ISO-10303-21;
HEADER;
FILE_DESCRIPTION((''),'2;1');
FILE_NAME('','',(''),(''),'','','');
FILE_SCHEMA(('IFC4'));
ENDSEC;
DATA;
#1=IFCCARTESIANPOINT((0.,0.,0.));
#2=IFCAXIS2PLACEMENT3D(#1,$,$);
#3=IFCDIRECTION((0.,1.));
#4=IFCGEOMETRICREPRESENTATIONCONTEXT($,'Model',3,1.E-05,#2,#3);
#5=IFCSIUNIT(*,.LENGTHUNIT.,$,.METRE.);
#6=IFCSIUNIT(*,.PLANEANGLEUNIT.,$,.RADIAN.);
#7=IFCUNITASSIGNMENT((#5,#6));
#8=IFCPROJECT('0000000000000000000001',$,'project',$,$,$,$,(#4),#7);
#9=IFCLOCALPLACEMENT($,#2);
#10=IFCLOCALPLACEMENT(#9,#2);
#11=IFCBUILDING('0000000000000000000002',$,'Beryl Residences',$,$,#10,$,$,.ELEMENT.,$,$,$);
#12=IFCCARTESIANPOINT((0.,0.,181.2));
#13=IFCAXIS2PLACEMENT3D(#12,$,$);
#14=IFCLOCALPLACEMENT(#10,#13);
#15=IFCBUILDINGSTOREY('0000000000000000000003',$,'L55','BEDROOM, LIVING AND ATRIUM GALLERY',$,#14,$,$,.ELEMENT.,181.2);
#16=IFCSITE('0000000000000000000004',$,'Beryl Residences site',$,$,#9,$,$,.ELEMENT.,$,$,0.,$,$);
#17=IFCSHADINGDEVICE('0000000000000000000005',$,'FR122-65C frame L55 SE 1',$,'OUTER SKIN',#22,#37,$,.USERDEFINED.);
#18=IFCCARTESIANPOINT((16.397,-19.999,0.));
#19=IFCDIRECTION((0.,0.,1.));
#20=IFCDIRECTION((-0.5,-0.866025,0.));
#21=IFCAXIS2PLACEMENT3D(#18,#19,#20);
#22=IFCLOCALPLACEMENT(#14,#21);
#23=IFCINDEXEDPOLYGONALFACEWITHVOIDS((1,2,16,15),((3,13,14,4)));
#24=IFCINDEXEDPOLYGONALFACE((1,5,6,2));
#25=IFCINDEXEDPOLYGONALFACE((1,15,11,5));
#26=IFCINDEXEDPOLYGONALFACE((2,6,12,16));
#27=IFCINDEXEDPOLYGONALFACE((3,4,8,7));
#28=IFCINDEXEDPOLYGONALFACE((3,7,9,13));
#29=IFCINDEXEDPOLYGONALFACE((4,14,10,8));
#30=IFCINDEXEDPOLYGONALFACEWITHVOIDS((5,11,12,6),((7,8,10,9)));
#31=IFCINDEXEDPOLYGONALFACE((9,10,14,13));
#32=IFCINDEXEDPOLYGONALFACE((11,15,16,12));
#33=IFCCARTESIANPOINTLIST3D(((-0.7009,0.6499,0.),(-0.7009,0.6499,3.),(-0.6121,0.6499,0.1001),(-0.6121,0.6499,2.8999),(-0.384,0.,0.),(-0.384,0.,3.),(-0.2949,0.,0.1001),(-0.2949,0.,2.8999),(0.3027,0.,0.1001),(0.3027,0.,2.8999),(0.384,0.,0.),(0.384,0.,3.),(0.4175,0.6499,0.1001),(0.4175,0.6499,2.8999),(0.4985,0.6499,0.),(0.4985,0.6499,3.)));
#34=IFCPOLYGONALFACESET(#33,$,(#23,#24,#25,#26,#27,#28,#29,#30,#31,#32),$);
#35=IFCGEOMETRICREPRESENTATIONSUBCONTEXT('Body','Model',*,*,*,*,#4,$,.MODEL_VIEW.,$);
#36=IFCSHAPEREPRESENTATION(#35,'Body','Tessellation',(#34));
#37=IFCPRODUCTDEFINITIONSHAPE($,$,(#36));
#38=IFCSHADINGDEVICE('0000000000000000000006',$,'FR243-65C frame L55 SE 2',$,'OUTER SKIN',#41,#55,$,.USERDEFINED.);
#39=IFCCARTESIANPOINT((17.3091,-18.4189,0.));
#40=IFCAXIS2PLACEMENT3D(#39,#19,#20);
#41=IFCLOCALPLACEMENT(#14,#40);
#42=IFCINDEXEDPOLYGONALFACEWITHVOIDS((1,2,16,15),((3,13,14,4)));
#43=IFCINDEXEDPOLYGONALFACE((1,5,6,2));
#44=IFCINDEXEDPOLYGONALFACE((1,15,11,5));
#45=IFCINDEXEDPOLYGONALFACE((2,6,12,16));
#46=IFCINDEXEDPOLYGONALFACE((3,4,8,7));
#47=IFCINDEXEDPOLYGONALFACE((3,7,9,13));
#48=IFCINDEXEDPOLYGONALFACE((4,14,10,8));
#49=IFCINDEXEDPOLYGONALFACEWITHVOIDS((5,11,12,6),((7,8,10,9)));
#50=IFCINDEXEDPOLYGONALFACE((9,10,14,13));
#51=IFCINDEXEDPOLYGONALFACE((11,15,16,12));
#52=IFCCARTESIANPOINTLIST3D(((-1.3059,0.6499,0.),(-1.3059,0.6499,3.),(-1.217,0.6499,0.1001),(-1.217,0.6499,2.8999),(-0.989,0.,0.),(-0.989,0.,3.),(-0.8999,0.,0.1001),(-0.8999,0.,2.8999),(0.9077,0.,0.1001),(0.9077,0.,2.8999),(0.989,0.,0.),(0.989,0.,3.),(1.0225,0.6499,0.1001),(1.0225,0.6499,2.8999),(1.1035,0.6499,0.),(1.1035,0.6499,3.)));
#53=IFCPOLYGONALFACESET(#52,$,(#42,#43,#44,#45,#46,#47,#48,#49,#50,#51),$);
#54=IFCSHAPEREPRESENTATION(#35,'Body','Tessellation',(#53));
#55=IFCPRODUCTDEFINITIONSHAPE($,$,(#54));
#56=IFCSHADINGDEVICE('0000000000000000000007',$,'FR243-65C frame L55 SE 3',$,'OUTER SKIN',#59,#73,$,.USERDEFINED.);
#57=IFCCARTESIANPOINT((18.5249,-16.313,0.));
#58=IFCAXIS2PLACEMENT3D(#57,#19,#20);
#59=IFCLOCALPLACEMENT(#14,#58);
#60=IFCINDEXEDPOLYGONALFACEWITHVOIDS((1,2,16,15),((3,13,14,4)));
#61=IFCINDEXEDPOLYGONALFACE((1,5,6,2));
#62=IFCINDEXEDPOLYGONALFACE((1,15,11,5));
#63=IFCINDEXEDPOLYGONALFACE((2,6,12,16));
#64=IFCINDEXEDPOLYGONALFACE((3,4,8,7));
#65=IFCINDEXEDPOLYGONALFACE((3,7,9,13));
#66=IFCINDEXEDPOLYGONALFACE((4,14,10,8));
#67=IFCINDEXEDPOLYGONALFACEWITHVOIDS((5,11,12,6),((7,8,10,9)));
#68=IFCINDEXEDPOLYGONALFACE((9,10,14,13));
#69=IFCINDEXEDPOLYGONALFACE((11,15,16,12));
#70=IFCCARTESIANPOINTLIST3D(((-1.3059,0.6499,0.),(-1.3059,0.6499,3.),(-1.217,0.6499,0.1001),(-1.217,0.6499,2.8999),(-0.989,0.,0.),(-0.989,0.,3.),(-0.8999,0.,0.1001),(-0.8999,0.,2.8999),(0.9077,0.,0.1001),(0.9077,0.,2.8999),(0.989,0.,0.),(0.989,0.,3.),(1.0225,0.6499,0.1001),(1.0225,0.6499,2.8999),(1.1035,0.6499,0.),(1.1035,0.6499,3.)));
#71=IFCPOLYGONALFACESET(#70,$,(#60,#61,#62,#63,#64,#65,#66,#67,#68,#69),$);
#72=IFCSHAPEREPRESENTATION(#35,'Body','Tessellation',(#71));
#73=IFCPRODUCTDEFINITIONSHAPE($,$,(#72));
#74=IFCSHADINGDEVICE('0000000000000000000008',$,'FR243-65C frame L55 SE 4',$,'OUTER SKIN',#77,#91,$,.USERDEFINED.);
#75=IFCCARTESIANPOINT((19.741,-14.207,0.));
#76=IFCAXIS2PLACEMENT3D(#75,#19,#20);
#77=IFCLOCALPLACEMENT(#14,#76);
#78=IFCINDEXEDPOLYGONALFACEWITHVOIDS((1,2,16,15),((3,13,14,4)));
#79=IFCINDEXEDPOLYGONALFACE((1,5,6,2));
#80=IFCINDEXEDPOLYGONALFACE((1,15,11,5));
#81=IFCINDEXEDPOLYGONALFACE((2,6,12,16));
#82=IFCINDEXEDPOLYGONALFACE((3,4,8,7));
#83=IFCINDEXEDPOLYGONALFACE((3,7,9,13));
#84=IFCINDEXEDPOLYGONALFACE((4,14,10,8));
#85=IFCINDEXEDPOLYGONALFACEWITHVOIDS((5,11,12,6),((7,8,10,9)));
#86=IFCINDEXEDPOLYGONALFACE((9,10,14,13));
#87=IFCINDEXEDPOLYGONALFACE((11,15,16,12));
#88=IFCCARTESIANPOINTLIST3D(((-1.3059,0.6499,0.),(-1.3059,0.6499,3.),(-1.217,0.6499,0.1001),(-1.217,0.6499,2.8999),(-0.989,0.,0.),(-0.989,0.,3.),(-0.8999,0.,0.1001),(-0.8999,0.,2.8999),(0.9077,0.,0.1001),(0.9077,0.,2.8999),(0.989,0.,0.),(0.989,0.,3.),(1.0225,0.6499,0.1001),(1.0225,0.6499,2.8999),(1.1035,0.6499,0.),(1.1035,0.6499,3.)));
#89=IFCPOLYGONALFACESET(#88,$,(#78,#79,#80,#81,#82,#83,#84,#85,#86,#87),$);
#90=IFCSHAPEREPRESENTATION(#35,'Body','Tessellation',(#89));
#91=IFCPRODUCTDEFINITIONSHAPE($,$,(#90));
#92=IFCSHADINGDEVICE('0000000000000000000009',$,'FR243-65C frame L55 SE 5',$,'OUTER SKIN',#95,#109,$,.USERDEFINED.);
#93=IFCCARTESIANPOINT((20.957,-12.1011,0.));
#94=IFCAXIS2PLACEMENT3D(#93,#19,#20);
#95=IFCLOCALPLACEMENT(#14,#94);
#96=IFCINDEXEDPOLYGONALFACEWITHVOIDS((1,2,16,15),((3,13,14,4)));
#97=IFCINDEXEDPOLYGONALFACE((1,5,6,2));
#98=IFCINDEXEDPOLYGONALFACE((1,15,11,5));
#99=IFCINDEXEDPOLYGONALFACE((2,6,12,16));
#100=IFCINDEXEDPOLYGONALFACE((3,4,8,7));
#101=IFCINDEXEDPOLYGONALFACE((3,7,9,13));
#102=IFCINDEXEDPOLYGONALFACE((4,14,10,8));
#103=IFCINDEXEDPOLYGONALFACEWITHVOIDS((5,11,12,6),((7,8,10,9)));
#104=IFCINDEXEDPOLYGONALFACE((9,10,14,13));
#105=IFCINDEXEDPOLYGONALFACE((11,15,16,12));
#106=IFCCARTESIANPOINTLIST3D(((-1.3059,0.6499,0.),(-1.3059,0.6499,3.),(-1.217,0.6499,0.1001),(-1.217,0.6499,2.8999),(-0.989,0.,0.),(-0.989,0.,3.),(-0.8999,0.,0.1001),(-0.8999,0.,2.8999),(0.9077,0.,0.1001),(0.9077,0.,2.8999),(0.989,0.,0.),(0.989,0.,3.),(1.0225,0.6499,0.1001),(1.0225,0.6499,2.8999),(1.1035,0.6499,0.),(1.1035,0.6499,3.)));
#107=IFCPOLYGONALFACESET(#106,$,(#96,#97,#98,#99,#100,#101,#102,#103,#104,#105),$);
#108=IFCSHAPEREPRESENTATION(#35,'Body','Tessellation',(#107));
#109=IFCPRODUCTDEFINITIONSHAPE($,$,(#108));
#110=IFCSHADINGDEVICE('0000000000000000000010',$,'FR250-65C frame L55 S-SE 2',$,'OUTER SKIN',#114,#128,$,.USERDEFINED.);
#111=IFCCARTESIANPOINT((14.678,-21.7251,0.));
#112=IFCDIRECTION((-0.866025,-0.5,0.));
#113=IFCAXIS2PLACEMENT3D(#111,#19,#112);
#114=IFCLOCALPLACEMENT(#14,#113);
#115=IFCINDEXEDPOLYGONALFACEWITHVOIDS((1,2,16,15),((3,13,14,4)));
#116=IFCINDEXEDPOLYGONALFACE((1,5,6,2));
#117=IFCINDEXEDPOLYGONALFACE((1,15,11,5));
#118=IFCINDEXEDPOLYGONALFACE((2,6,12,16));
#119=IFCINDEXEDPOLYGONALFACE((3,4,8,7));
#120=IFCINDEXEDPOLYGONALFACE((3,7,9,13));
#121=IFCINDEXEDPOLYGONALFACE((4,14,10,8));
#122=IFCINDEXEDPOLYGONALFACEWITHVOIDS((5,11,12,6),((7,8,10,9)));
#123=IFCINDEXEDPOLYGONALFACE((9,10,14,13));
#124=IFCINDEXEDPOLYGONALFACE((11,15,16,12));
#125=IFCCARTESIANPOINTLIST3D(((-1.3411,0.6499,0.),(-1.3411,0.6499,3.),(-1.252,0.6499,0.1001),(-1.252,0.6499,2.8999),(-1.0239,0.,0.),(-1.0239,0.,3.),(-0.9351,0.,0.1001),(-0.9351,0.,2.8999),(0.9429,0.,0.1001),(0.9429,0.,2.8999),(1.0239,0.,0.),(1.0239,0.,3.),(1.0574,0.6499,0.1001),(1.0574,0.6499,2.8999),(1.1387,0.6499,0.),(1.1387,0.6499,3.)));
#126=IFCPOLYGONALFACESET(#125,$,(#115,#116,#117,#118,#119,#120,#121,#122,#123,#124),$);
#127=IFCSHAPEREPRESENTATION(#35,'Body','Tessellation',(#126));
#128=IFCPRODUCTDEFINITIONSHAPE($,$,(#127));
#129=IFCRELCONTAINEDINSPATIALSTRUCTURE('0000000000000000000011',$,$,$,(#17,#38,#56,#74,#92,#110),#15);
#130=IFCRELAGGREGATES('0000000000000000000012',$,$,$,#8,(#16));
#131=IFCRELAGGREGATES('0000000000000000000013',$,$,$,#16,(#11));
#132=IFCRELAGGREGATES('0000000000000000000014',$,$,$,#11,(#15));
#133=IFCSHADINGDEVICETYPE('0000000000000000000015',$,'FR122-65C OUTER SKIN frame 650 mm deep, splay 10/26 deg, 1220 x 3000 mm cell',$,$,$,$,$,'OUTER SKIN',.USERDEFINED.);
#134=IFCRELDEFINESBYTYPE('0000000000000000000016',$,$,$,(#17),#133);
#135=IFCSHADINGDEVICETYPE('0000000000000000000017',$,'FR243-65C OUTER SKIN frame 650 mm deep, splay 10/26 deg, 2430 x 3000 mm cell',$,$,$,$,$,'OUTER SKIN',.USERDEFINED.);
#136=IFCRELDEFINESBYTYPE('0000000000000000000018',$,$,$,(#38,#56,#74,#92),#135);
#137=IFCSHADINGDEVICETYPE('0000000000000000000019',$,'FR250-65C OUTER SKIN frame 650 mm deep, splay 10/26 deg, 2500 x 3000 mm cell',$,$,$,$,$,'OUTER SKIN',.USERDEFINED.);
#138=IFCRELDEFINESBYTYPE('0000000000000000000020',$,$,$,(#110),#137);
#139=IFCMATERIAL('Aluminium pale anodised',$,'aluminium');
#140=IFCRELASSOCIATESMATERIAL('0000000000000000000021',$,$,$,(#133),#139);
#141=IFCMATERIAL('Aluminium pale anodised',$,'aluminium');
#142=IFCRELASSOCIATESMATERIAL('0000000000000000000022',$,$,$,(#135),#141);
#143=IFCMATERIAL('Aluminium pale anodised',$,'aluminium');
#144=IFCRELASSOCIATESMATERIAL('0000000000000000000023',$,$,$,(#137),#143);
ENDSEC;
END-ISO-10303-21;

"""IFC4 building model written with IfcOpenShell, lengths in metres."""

from ifc_helpers import new_model, entity, si_unit, direction, frame, origin, place, context, subcontext, project, spatial, source, transform, mapped, material, type_object, type_shapes, element, save


model = new_model("IFC4")

# Units and contexts
model_context = context("Model", 3, precision=1e-05, world=origin(), true_north=direction((0.0, 1.0)))
body_context = subcontext(model_context, "Body", "Model", "MODEL_VIEW")
ifc_project = project(units=[si_unit("LENGTHUNIT", "METRE"), si_unit("PLANEANGLEUNIT", "RADIAN")], contexts=[model_context])

# Site, building, storey
site_placement = place(None, origin())
site = spatial("IfcSite", under=ifc_project, at=site_placement, Name="Beryl Residences site", CompositionType="ELEMENT", RefElevation=0.0)
building_placement = place(site_placement, origin())
building = spatial("IfcBuilding", under=site, at=building_placement, Name="Beryl Residences", CompositionType="ELEMENT")
storey_placement = place(building_placement, frame((0.0, 0.0, 181.2)))
storey = spatial("IfcBuildingStorey", under=building, at=storey_placement, Name="L55", Description="BEDROOM, LIVING AND ATRIUM GALLERY", CompositionType="ELEMENT", Elevation=181.2)

# Shading devices
ifc_material_1 = material(Name="Aluminium pale anodised", Category="aluminium")
shading_device_type_1 = type_object("IfcShadingDeviceType", Name="FR122-65C OUTER SKIN frame 650 mm deep, splay 10/26 deg, 1220 x 3000 mm cell", ElementType="OUTER SKIN", PredefinedType="USERDEFINED", material=ifc_material_1)
cartesian_point_1 = entity("IfcCartesianPoint", [-0.384, 0.0])
cartesian_point_2 = entity("IfcCartesianPoint", [-0.3027, 0.1001])
cartesian_point_3 = entity("IfcCartesianPoint", [-0.4985, 0.0])
cartesian_point_4 = entity("IfcCartesianPoint", [-0.4175, 0.1001])
shared_shape_1 = source(origin(), body_context, "Body", "SweptSolid", [
    entity("IfcExtrudedAreaSolidTapered", entity("IfcArbitraryProfileDefWithVoids", "AREA", None, entity("IfcPolyline", [cartesian_point_1, entity("IfcCartesianPoint", [0.384, 0.0]), entity("IfcCartesianPoint", [0.384, 3.0]), entity("IfcCartesianPoint", [-0.384, 3.0]), cartesian_point_1]), [entity("IfcPolyline", [cartesian_point_2, entity("IfcCartesianPoint", [0.2949, 0.1001]), entity("IfcCartesianPoint", [0.2949, 2.8999]), entity("IfcCartesianPoint", [-0.3027, 2.8999]), cartesian_point_2])]), entity("IfcAxis2Placement3D", entity("IfcCartesianPoint", [0.0, 0.0, 0.0]), entity("IfcDirection", [0.0, 1.0, 0.0]), entity("IfcDirection", [-1.0, 0.0, 0.0])), entity("IfcDirection", [0.0, 0.0, 1.0]), 0.6499, entity("IfcArbitraryProfileDefWithVoids", "AREA", None, entity("IfcPolyline", [cartesian_point_3, entity("IfcCartesianPoint", [0.7009, 0.0]), entity("IfcCartesianPoint", [0.7009, 3.0]), entity("IfcCartesianPoint", [-0.4985, 3.0]), cartesian_point_3]), [entity("IfcPolyline", [cartesian_point_4, entity("IfcCartesianPoint", [0.6121, 0.1001]), entity("IfcCartesianPoint", [0.6121, 2.8999]), entity("IfcCartesianPoint", [-0.4175, 2.8999]), cartesian_point_4])])),
])
type_shapes(shading_device_type_1, [shared_shape_1])
shading_device_1_placement = place(storey_placement, frame((16.397, -19.999, 0.0), z_axis=(0.0, 0.0, 1.0), x_axis=(-0.5, -0.866025, 0.0)))
element("IfcShadingDevice", 1, at=shading_device_1_placement, inside=storey, type_object=shading_device_type_1, Name="FR122-65C frame L55 SE 1", ObjectType="OUTER SKIN", PredefinedType="USERDEFINED", context=body_context, shape_type="MappedRepresentation", body=[
    mapped(shared_shape_1, transform((0.0, 0.0, 0.0))),
])
ifc_material_2 = material(Name="Aluminium pale anodised", Category="aluminium")
shading_device_type_2 = type_object("IfcShadingDeviceType", Name="FR243-65C OUTER SKIN frame 650 mm deep, splay 10/26 deg, 2430 x 3000 mm cell", ElementType="OUTER SKIN", PredefinedType="USERDEFINED", material=ifc_material_2)
cartesian_point_5 = entity("IfcCartesianPoint", [-0.989, 0.0])
cartesian_point_6 = entity("IfcCartesianPoint", [-0.9077, 0.1001])
cartesian_point_7 = entity("IfcCartesianPoint", [-1.1035, 0.0])
cartesian_point_8 = entity("IfcCartesianPoint", [-1.0225, 0.1001])
shared_shape_2 = source(origin(), body_context, "Body", "SweptSolid", [
    entity("IfcExtrudedAreaSolidTapered", entity("IfcArbitraryProfileDefWithVoids", "AREA", None, entity("IfcPolyline", [cartesian_point_5, entity("IfcCartesianPoint", [0.989, 0.0]), entity("IfcCartesianPoint", [0.989, 3.0]), entity("IfcCartesianPoint", [-0.989, 3.0]), cartesian_point_5]), [entity("IfcPolyline", [cartesian_point_6, entity("IfcCartesianPoint", [0.8999, 0.1001]), entity("IfcCartesianPoint", [0.8999, 2.8999]), entity("IfcCartesianPoint", [-0.9077, 2.8999]), cartesian_point_6])]), entity("IfcAxis2Placement3D", entity("IfcCartesianPoint", [0.0, 0.0, 0.0]), entity("IfcDirection", [0.0, 1.0, 0.0]), entity("IfcDirection", [-1.0, 0.0, 0.0])), entity("IfcDirection", [0.0, 0.0, 1.0]), 0.6499, entity("IfcArbitraryProfileDefWithVoids", "AREA", None, entity("IfcPolyline", [cartesian_point_7, entity("IfcCartesianPoint", [1.3059, 0.0]), entity("IfcCartesianPoint", [1.3059, 3.0]), entity("IfcCartesianPoint", [-1.1035, 3.0]), cartesian_point_7]), [entity("IfcPolyline", [cartesian_point_8, entity("IfcCartesianPoint", [1.217, 0.1001]), entity("IfcCartesianPoint", [1.217, 2.8999]), entity("IfcCartesianPoint", [-1.0225, 2.8999]), cartesian_point_8])])),
])
type_shapes(shading_device_type_2, [shared_shape_2])
for number, where, z_axis, x_axis, name in (
    (2, (17.3091, -18.4189, 0.0), (0.0, 0.0, 1.0), (-0.5, -0.866025, 0.0), "FR243-65C frame L55 SE 2"),
    (3, (18.5249, -16.313, 0.0), (0.0, 0.0, 1.0), (-0.5, -0.866025, 0.0), "FR243-65C frame L55 SE 3"),
    (4, (19.741, -14.207, 0.0), (0.0, 0.0, 1.0), (-0.5, -0.866025, 0.0), "FR243-65C frame L55 SE 4"),
    (5, (20.957, -12.1011, 0.0), (0.0, 0.0, 1.0), (-0.5, -0.866025, 0.0), "FR243-65C frame L55 SE 5"),
):
    element("IfcShadingDevice", number, at=place(storey_placement, frame(where, z_axis=z_axis, x_axis=x_axis)), inside=storey, type_object=shading_device_type_2, Name=name, ObjectType="OUTER SKIN", PredefinedType="USERDEFINED", context=body_context, shape_type="MappedRepresentation", body=[
        mapped(shared_shape_2, transform((0.0, 0.0, 0.0))),
    ])
ifc_material_3 = material(Name="Aluminium pale anodised", Category="aluminium")
shading_device_type_3 = type_object("IfcShadingDeviceType", Name="FR250-65C OUTER SKIN frame 650 mm deep, splay 10/26 deg, 2500 x 3000 mm cell", ElementType="OUTER SKIN", PredefinedType="USERDEFINED", material=ifc_material_3)
cartesian_point_9 = entity("IfcCartesianPoint", [-1.0239, 0.0])
cartesian_point_10 = entity("IfcCartesianPoint", [-0.9429, 0.1001])
cartesian_point_11 = entity("IfcCartesianPoint", [-1.1387, 0.0])
cartesian_point_12 = entity("IfcCartesianPoint", [-1.0574, 0.1001])
shared_shape_3 = source(origin(), body_context, "Body", "SweptSolid", [
    entity("IfcExtrudedAreaSolidTapered", entity("IfcArbitraryProfileDefWithVoids", "AREA", None, entity("IfcPolyline", [cartesian_point_9, entity("IfcCartesianPoint", [1.0239, 0.0]), entity("IfcCartesianPoint", [1.0239, 3.0]), entity("IfcCartesianPoint", [-1.0239, 3.0]), cartesian_point_9]), [entity("IfcPolyline", [cartesian_point_10, entity("IfcCartesianPoint", [0.9351, 0.1001]), entity("IfcCartesianPoint", [0.9351, 2.8999]), entity("IfcCartesianPoint", [-0.9429, 2.8999]), cartesian_point_10])]), entity("IfcAxis2Placement3D", entity("IfcCartesianPoint", [0.0, 0.0, 0.0]), entity("IfcDirection", [0.0, 1.0, 0.0]), entity("IfcDirection", [-1.0, 0.0, 0.0])), entity("IfcDirection", [0.0, 0.0, 1.0]), 0.6499, entity("IfcArbitraryProfileDefWithVoids", "AREA", None, entity("IfcPolyline", [cartesian_point_11, entity("IfcCartesianPoint", [1.3411, 0.0]), entity("IfcCartesianPoint", [1.3411, 3.0]), entity("IfcCartesianPoint", [-1.1387, 3.0]), cartesian_point_11]), [entity("IfcPolyline", [cartesian_point_12, entity("IfcCartesianPoint", [1.252, 0.1001]), entity("IfcCartesianPoint", [1.252, 2.8999]), entity("IfcCartesianPoint", [-1.0574, 2.8999]), cartesian_point_12])])),
])
type_shapes(shading_device_type_3, [shared_shape_3])
shading_device_2_placement = place(storey_placement, frame((14.678, -21.7251, 0.0), z_axis=(0.0, 0.0, 1.0), x_axis=(-0.866025, -0.5, 0.0)))
element("IfcShadingDevice", 6, at=shading_device_2_placement, inside=storey, type_object=shading_device_type_3, Name="FR250-65C frame L55 S-SE 2", ObjectType="OUTER SKIN", PredefinedType="USERDEFINED", context=body_context, shape_type="MappedRepresentation", body=[
    mapped(shared_shape_3, transform((0.0, 0.0, 0.0))),
])

save(model, "model.ifc")
